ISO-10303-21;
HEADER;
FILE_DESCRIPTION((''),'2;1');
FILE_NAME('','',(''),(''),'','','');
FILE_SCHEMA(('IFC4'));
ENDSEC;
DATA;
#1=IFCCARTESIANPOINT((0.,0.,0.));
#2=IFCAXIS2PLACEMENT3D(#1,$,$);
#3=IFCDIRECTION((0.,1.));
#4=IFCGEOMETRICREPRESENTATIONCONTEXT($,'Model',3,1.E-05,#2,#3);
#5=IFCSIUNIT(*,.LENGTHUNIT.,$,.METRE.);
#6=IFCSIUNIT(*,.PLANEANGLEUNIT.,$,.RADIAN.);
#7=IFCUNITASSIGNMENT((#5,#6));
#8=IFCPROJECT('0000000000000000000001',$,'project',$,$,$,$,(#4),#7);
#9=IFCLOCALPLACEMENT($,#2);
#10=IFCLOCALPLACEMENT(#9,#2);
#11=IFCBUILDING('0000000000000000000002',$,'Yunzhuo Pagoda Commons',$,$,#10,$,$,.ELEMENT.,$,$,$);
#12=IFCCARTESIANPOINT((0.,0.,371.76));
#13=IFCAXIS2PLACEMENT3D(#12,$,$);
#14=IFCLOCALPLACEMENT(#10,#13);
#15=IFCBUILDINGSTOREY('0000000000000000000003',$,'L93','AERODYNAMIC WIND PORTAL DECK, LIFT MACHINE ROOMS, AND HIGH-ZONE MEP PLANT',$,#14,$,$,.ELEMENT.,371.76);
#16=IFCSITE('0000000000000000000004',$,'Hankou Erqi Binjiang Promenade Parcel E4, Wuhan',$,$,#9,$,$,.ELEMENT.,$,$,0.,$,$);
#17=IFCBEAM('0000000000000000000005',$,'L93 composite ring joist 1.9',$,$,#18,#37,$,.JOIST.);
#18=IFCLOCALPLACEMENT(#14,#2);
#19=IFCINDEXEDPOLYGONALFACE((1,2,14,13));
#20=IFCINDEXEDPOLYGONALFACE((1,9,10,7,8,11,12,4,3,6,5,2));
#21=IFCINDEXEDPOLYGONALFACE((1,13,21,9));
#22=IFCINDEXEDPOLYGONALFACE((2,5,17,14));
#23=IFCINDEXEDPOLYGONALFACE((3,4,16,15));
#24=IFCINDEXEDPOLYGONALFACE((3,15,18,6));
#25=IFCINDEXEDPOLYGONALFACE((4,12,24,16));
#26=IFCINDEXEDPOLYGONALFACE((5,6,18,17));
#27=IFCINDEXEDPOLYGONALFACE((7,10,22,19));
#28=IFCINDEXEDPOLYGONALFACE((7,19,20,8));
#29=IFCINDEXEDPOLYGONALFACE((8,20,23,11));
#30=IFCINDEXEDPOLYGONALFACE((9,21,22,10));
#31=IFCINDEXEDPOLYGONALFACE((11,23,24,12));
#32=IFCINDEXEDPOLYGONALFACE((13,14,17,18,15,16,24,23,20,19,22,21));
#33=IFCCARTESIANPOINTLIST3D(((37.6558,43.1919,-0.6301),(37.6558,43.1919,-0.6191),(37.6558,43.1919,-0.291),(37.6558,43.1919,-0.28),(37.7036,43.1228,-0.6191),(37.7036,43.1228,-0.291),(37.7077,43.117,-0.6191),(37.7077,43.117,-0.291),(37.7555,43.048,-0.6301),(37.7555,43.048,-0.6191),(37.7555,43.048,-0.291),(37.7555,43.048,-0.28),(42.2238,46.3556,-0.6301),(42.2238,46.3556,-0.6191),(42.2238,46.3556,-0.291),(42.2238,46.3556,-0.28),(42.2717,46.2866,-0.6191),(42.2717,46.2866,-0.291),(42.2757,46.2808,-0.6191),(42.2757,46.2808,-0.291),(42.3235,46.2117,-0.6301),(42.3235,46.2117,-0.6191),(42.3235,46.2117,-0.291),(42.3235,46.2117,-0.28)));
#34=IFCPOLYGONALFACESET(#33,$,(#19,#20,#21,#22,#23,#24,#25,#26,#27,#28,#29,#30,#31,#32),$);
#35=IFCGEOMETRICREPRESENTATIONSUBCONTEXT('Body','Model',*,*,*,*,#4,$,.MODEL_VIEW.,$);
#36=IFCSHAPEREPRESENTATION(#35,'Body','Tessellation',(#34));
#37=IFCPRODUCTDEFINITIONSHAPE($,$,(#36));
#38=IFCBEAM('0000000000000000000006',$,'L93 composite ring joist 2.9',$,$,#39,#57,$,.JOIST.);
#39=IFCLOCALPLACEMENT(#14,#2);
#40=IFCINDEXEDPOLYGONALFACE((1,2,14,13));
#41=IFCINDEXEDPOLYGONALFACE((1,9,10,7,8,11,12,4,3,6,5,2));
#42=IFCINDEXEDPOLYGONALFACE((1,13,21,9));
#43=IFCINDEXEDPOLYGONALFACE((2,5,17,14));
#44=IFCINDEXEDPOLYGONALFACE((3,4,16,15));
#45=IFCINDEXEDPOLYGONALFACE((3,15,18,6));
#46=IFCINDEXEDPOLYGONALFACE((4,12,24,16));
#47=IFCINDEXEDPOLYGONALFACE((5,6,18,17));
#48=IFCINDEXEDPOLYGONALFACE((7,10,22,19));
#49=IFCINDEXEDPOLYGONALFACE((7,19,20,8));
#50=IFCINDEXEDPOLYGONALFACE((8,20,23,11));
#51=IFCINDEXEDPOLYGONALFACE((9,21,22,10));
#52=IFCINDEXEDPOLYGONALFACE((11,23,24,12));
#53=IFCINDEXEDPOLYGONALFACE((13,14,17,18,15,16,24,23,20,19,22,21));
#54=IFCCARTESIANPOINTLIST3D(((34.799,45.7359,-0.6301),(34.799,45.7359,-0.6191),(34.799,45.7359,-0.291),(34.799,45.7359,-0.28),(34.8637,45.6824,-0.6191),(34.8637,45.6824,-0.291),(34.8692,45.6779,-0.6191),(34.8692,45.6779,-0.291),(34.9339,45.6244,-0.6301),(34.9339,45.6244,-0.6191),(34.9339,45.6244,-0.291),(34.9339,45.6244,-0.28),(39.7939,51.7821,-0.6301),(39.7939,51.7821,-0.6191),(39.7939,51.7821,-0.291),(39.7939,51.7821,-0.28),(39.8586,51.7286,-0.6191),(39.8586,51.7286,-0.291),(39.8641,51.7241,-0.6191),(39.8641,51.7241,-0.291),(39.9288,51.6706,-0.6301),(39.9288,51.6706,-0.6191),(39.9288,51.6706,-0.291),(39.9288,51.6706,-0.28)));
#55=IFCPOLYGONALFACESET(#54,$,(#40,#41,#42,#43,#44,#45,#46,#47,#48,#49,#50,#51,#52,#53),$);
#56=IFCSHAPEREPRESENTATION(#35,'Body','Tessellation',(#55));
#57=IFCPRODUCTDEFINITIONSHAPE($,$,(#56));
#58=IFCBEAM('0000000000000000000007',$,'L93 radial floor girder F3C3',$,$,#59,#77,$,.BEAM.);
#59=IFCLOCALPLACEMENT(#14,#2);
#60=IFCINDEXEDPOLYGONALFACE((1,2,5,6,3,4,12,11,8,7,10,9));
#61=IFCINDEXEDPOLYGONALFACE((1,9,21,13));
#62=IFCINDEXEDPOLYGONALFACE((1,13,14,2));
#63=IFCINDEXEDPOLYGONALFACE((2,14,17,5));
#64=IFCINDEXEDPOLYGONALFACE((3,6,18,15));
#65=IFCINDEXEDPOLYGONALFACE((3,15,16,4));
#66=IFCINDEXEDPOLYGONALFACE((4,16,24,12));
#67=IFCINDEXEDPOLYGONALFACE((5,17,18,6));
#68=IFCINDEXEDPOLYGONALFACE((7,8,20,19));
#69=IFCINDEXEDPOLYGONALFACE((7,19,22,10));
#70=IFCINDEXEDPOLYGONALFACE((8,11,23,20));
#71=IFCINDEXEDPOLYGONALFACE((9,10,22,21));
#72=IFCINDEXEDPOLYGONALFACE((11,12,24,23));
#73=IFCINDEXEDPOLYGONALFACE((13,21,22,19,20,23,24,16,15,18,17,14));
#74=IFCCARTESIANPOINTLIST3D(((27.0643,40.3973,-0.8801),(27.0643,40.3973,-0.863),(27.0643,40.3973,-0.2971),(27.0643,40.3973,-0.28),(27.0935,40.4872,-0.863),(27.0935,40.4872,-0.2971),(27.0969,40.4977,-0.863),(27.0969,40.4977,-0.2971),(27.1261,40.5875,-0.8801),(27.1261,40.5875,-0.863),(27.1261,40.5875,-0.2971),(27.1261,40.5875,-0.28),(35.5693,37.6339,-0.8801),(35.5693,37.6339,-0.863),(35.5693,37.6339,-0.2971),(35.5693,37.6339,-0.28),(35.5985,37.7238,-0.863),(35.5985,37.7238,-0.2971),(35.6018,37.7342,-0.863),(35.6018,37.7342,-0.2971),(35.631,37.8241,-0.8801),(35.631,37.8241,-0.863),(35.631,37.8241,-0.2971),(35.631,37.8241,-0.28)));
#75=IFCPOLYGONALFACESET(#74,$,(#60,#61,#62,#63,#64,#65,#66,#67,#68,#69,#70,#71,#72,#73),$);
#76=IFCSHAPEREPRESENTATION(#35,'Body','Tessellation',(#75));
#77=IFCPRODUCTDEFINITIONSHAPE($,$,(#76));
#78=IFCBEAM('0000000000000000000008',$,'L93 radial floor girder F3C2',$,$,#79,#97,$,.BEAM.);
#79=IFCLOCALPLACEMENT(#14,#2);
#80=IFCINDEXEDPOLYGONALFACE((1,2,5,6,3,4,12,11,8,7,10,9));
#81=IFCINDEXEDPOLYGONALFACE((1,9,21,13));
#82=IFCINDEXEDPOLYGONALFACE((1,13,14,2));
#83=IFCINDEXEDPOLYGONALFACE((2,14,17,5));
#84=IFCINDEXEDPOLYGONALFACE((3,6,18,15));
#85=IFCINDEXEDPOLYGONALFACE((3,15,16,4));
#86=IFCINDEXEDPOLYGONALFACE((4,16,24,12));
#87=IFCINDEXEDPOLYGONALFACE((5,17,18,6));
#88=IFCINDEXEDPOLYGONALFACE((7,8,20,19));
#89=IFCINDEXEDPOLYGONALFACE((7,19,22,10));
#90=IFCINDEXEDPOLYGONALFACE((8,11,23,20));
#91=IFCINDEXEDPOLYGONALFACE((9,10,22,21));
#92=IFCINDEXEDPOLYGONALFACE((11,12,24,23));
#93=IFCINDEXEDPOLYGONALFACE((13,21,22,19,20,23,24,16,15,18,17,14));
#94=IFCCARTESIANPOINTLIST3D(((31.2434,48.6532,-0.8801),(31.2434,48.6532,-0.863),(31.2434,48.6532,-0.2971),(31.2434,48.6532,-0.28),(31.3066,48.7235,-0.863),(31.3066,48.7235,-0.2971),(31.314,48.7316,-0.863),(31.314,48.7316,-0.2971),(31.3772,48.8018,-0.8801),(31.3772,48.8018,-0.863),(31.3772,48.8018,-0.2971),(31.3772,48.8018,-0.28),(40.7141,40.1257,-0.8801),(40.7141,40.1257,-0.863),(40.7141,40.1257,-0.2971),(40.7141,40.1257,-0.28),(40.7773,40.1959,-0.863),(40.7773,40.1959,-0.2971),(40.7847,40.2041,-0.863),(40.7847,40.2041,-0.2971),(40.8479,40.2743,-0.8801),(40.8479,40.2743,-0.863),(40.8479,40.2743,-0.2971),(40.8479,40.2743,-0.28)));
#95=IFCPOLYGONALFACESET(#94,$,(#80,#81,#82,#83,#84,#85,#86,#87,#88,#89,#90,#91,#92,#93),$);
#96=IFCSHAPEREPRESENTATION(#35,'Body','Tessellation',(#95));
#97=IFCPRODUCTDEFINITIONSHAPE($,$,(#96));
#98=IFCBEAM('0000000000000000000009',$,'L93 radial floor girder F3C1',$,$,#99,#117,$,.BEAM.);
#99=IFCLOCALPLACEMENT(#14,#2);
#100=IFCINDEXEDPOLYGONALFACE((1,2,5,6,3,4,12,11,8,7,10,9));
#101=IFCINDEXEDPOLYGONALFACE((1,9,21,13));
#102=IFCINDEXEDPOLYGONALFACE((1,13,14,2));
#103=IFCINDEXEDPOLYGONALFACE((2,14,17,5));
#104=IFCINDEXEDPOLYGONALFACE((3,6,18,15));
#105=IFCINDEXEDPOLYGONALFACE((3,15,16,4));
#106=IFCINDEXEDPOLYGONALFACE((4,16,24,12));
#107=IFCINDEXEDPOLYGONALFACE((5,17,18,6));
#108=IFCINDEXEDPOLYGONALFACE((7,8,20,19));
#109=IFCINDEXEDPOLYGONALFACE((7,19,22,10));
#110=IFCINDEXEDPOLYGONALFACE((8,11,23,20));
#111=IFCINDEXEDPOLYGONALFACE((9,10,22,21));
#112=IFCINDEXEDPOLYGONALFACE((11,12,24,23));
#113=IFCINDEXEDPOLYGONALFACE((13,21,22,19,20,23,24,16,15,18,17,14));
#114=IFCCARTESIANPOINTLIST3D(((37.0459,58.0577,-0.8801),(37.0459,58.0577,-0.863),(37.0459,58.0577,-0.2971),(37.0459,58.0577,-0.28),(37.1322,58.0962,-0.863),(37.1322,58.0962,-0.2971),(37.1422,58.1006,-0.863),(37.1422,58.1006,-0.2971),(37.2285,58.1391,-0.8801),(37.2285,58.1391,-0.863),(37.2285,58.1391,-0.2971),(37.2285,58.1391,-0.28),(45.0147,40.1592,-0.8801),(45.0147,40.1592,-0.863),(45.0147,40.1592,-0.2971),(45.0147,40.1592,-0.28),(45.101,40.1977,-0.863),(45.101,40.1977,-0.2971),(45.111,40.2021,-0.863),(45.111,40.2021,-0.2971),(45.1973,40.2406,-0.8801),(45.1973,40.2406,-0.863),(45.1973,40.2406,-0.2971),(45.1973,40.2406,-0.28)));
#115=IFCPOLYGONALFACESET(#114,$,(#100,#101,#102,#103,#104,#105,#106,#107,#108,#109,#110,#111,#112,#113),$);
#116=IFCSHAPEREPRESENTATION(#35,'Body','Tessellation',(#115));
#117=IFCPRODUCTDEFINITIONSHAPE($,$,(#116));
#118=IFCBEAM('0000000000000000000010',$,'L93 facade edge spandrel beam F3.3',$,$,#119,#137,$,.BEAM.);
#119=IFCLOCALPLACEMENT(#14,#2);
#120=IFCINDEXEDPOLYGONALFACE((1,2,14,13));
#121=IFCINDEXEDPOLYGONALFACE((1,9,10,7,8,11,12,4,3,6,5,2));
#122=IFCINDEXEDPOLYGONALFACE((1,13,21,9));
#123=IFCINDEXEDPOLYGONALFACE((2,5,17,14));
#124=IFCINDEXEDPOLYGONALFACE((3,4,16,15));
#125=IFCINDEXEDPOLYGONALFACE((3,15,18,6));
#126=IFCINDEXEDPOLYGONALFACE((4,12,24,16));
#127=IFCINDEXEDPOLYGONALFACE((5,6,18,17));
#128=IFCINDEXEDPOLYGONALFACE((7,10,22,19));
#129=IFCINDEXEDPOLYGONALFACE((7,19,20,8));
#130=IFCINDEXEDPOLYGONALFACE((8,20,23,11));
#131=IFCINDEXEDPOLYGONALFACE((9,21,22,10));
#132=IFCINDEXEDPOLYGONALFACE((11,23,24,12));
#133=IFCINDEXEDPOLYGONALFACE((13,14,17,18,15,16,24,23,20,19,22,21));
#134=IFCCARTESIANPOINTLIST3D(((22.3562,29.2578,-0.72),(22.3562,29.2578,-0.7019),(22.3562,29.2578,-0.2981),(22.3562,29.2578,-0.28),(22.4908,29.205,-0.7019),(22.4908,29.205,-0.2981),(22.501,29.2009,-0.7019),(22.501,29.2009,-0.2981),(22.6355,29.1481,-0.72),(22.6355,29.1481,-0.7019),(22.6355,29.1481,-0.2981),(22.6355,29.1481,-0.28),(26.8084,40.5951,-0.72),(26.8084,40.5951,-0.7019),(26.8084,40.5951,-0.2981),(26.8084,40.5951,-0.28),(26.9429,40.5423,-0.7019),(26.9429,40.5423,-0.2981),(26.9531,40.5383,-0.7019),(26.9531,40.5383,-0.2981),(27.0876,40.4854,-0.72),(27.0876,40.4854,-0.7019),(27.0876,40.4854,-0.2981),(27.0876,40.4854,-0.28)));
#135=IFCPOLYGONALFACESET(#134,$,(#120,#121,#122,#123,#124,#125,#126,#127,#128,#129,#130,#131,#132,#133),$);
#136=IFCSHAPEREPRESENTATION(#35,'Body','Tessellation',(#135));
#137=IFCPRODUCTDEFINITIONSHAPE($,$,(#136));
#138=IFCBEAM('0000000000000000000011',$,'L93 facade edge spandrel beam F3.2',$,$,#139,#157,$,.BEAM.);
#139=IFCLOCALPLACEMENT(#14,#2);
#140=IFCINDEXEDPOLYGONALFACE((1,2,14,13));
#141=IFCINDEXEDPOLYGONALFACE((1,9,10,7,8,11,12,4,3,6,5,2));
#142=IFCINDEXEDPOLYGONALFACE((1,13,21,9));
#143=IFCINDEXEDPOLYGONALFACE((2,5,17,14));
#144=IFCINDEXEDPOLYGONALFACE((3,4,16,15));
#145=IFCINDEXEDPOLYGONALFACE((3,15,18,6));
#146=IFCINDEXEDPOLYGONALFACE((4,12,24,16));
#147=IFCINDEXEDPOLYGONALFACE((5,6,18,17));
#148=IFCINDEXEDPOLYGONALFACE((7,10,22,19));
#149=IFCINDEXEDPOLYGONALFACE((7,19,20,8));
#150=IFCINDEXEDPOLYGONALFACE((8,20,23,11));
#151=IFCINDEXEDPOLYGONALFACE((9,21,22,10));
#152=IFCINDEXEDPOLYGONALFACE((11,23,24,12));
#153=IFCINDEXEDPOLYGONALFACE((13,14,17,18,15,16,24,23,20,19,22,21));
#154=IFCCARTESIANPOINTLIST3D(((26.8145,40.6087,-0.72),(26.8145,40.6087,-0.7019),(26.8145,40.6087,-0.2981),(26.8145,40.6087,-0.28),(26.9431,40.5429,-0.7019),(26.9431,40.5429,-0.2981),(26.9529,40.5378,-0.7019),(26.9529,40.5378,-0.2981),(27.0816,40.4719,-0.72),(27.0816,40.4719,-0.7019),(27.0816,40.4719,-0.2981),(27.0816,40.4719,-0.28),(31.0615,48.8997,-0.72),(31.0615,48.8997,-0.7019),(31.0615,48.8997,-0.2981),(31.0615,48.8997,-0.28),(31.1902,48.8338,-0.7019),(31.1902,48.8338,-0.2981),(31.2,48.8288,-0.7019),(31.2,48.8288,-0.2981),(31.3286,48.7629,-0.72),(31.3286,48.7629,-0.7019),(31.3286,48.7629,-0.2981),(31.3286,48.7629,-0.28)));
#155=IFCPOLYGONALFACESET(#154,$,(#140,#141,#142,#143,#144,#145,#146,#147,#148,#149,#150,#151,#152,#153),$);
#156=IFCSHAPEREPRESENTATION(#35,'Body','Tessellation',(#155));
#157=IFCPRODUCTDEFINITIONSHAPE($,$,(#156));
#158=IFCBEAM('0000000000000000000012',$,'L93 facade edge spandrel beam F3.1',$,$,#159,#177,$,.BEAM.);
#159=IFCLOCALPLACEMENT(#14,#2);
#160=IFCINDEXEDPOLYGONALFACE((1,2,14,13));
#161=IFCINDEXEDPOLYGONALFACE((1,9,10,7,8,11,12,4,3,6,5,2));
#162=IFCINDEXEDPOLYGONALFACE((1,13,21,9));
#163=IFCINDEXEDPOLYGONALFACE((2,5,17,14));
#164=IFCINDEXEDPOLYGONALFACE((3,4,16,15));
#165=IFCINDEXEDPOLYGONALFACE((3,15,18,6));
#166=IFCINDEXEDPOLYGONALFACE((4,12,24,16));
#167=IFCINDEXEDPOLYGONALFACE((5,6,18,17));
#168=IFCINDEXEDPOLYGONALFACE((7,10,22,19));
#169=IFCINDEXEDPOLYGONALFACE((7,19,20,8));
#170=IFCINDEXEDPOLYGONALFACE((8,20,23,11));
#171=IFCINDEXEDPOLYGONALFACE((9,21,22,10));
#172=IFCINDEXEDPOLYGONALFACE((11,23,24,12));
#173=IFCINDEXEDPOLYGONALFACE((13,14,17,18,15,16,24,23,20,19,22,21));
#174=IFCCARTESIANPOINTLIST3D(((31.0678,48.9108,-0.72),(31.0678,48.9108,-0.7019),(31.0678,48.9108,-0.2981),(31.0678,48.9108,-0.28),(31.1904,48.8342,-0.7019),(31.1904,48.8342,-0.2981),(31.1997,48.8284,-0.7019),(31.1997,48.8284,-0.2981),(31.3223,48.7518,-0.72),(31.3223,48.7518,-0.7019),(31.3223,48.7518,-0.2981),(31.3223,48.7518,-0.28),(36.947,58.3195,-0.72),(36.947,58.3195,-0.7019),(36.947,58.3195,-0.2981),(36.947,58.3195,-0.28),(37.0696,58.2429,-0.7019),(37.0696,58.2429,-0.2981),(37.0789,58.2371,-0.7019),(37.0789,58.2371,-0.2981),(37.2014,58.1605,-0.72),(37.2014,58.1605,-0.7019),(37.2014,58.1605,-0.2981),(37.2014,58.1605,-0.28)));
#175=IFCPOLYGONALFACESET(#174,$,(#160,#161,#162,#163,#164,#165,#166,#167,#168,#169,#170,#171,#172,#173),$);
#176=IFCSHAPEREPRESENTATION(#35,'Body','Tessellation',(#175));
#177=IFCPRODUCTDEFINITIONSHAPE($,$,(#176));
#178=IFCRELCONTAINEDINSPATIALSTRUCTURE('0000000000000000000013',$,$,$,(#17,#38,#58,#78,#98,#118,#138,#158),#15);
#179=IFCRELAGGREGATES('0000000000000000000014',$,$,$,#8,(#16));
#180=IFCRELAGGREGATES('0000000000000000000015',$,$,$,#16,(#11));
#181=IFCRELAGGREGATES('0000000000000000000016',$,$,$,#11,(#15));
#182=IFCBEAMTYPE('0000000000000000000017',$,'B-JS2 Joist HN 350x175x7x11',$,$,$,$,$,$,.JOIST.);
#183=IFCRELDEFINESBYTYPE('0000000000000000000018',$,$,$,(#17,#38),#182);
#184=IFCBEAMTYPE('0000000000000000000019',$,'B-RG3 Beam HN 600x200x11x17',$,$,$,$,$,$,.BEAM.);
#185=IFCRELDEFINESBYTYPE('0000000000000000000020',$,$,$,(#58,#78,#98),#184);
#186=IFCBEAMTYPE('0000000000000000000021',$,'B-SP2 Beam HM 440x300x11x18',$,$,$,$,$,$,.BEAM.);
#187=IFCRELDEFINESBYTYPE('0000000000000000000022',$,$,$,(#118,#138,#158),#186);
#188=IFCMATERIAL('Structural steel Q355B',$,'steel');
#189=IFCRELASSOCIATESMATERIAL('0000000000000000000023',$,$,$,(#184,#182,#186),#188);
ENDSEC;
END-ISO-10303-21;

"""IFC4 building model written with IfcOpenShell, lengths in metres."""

from ifc_helpers import new_model, si_unit, direction, frame, origin, origin_2d, place, context, subcontext, project, spatial, i_section, extrude, source, transform, mapped, material, material_profile, profile_set, type_object, element, save


model = new_model("IFC4")

# Units and contexts
model_context = context("Model", 3, precision=1e-05, world=origin(), true_north=direction((0.0, 1.0)))
body_context = subcontext(model_context, "Body", "Model", "MODEL_VIEW")
ifc_project = project(units=[si_unit("LENGTHUNIT", "METRE"), si_unit("PLANEANGLEUNIT", "RADIAN")], contexts=[model_context])

# Site, building, storey
site_placement = place(None, origin())
site = spatial("IfcSite", under=ifc_project, at=site_placement, Name="Hankou Erqi Binjiang Promenade Parcel E4, Wuhan", CompositionType="ELEMENT", RefElevation=0.0)
building_placement = place(site_placement, origin())
building = spatial("IfcBuilding", under=site, at=building_placement, Name="Yunzhuo Pagoda Commons", CompositionType="ELEMENT")
storey_placement = place(building_placement, frame((0.0, 0.0, 371.76)))
storey = spatial("IfcBuildingStorey", under=building, at=storey_placement, Name="L93", Description="AERODYNAMIC WIND PORTAL DECK, LIFT MACHINE ROOMS, AND HIGH-ZONE MEP PLANT", CompositionType="ELEMENT", Elevation=371.76)

# Shared definitions
ifc_material_1 = material(Name="Structural steel Q355B", Category="steel")

# Beams
ifc_material_profile_1 = material_profile(ifc_material_1, i_section(OverallWidth=0.2, OverallDepth=0.6001, WebThickness=0.011, FlangeThickness=0.0171, at=origin_2d()), Name="Structural steel Q355B")
ifc_profile_set_1 = profile_set([ifc_material_profile_1], Name="Structural steel Q355B")
beam_type_1 = type_object("IfcBeamType", Name="B-RG3 Beam HN 600x200x11x17", PredefinedType="BEAM", material=ifc_profile_set_1)
ifc_material_profile_2 = material_profile(ifc_material_1, i_section(OverallWidth=0.175, OverallDepth=0.3501, WebThickness=0.0071, FlangeThickness=0.011, at=origin_2d()), Name="Structural steel Q355B")
ifc_profile_set_2 = profile_set([ifc_material_profile_2], Name="Structural steel Q355B")
beam_type_2 = type_object("IfcBeamType", Name="B-JS2 Joist HN 350x175x7x11", PredefinedType="JOIST", material=ifc_profile_set_2)
shared_shape_1 = source(origin(), body_context, "Body", "SweptSolid", [
    extrude(i_section(OverallWidth=0.175, OverallDepth=0.3501, WebThickness=0.0071, FlangeThickness=0.011, at=origin_2d()), origin(), (0.0, 0.0, 1.0), 5.5566),
])
beam_1_placement = place(storey_placement, frame((42.2737, 46.2837, -0.4551), z_axis=(-0.822085, -0.569365, 0.0), x_axis=(0.569365, -0.822085, 0.0)))
element("IfcBeam", 1, at=beam_1_placement, inside=storey, type_object=beam_type_2, Name="L93 composite ring joist 1.9", PredefinedType="JOIST", context=body_context, shape_type="MappedRepresentation", body=[
    mapped(shared_shape_1, transform((0.0, 0.0, 0.0), scale=1.0)),
])
shared_shape_2 = source(origin(), body_context, "Body", "SweptSolid", [
    extrude(i_section(OverallWidth=0.175, OverallDepth=0.3501, WebThickness=0.0071, FlangeThickness=0.011, at=origin_2d()), origin(), (0.0, 0.0, 1.0), 7.8425),
])
beam_2_placement = place(storey_placement, frame((39.8613, 51.7263, -0.4551), z_axis=(-0.636899, -0.770947, 0.0), x_axis=(0.770947, -0.636899, 0.0)))
element("IfcBeam", 2, at=beam_2_placement, inside=storey, type_object=beam_type_2, Name="L93 composite ring joist 2.9", PredefinedType="JOIST", context=body_context, shape_type="MappedRepresentation", body=[
    mapped(shared_shape_2, transform((0.0, 0.0, 0.0), scale=1.0)),
])
shared_shape_3 = source(origin(), body_context, "Body", "SweptSolid", [
    extrude(i_section(OverallWidth=0.2, OverallDepth=0.6001, WebThickness=0.011, FlangeThickness=0.0171, at=origin_2d()), origin(), (0.0, 0.0, 1.0), 8.9426),
])
beam_3_placement = place(storey_placement, frame((27.0952, 40.4924, -0.5801), z_axis=(0.951056, -0.309019, 0.0), x_axis=(0.309019, 0.951056, 0.0)))
element("IfcBeam", 3, at=beam_3_placement, inside=storey, type_object=beam_type_1, Name="L93 radial floor girder F3C3", PredefinedType="BEAM", context=body_context, shape_type="MappedRepresentation", body=[
    mapped(shared_shape_3, transform((0.0, 0.0, 0.0), scale=1.0)),
])
shared_shape_4 = source(origin(), body_context, "Body", "SweptSolid", [
    extrude(i_section(OverallWidth=0.2, OverallDepth=0.6001, WebThickness=0.011, FlangeThickness=0.0171, at=origin_2d()), origin(), (0.0, 0.0, 1.0), 12.7441),
])
beam_4_placement = place(storey_placement, frame((31.3103, 48.7275, -0.5801), z_axis=(0.74314, -0.669136, 0.0), x_axis=(0.669136, 0.74314, 0.0)))
element("IfcBeam", 4, at=beam_4_placement, inside=storey, type_object=beam_type_1, Name="L93 radial floor girder F3C2", PredefinedType="BEAM", context=body_context, shape_type="MappedRepresentation", body=[
    mapped(shared_shape_4, transform((0.0, 0.0, 0.0), scale=1.0)),
])
shared_shape_5 = source(origin(), body_context, "Body", "SweptSolid", [
    extrude(i_section(OverallWidth=0.2, OverallDepth=0.6001, WebThickness=0.011, FlangeThickness=0.0171, at=origin_2d()), origin(), (0.0, 0.0, 1.0), 19.5923),
])
beam_5_placement = place(storey_placement, frame((37.1372, 58.0984, -0.5801), z_axis=(0.40673, -0.913548, 0.0), x_axis=(0.913548, 0.40673, 0.0)))
element("IfcBeam", 5, at=beam_5_placement, inside=storey, type_object=beam_type_1, Name="L93 radial floor girder F3C1", PredefinedType="BEAM", context=body_context, shape_type="MappedRepresentation", body=[
    mapped(shared_shape_5, transform((0.0, 0.0, 0.0), scale=1.0)),
])
ifc_material_profile_3 = material_profile(ifc_material_1, i_section(OverallWidth=0.3, OverallDepth=0.4399, WebThickness=0.011, FlangeThickness=0.0181, at=origin_2d()), Name="Structural steel Q355B")
ifc_profile_set_3 = profile_set([ifc_material_profile_3], Name="Structural steel Q355B")
beam_type_3 = type_object("IfcBeamType", Name="B-SP2 Beam HM 440x300x11x18", PredefinedType="BEAM", material=ifc_profile_set_3)
shared_shape_6 = source(origin(), body_context, "Body", "SweptSolid", [
    extrude(i_section(OverallWidth=0.3, OverallDepth=0.4399, WebThickness=0.011, FlangeThickness=0.0181, at=origin_2d()), origin(), (0.0, 0.0, 1.0), 12.1802),
])
beam_6_placement = place(storey_placement, frame((26.948, 40.5403, -0.5), z_axis=(-0.365522, -0.930803, 0.0), x_axis=(0.930803, -0.365522, 0.0)))
element("IfcBeam", 6, at=beam_6_placement, inside=storey, type_object=beam_type_3, Name="L93 facade edge spandrel beam F3.3", PredefinedType="BEAM", context=body_context, shape_type="MappedRepresentation", body=[
    mapped(shared_shape_6, transform((0.0, 0.0, 0.0), scale=1.0)),
])
shared_shape_7 = source(origin(), body_context, "Body", "SweptSolid", [
    extrude(i_section(OverallWidth=0.3, OverallDepth=0.4399, WebThickness=0.011, FlangeThickness=0.0181, at=origin_2d()), origin(), (0.0, 0.0, 1.0), 9.3154),
])
beam_7_placement = place(storey_placement, frame((31.1951, 48.8313, -0.5), z_axis=(-0.455914, -0.890024, 0.0), x_axis=(0.890024, -0.455914, 0.0)))
element("IfcBeam", 7, at=beam_7_placement, inside=storey, type_object=beam_type_3, Name="L93 facade edge spandrel beam F3.2", PredefinedType="BEAM", context=body_context, shape_type="MappedRepresentation", body=[
    mapped(shared_shape_7, transform((0.0, 0.0, 0.0), scale=1.0)),
])
shared_shape_8 = source(origin(), body_context, "Body", "SweptSolid", [
    extrude(i_section(OverallWidth=0.3, OverallDepth=0.4399, WebThickness=0.011, FlangeThickness=0.0181, at=origin_2d()), origin(), (0.0, 0.0, 1.0), 11.0945),
])
beam_8_placement = place(storey_placement, frame((37.0742, 58.24, -0.5), z_axis=(-0.529916, -0.84805, 0.0), x_axis=(0.84805, -0.529916, 0.0)))
element("IfcBeam", 8, at=beam_8_placement, inside=storey, type_object=beam_type_3, Name="L93 facade edge spandrel beam F3.1", PredefinedType="BEAM", context=body_context, shape_type="MappedRepresentation", body=[
    mapped(shared_shape_8, transform((0.0, 0.0, 0.0), scale=1.0)),
])

save(model, "model.ifc")
